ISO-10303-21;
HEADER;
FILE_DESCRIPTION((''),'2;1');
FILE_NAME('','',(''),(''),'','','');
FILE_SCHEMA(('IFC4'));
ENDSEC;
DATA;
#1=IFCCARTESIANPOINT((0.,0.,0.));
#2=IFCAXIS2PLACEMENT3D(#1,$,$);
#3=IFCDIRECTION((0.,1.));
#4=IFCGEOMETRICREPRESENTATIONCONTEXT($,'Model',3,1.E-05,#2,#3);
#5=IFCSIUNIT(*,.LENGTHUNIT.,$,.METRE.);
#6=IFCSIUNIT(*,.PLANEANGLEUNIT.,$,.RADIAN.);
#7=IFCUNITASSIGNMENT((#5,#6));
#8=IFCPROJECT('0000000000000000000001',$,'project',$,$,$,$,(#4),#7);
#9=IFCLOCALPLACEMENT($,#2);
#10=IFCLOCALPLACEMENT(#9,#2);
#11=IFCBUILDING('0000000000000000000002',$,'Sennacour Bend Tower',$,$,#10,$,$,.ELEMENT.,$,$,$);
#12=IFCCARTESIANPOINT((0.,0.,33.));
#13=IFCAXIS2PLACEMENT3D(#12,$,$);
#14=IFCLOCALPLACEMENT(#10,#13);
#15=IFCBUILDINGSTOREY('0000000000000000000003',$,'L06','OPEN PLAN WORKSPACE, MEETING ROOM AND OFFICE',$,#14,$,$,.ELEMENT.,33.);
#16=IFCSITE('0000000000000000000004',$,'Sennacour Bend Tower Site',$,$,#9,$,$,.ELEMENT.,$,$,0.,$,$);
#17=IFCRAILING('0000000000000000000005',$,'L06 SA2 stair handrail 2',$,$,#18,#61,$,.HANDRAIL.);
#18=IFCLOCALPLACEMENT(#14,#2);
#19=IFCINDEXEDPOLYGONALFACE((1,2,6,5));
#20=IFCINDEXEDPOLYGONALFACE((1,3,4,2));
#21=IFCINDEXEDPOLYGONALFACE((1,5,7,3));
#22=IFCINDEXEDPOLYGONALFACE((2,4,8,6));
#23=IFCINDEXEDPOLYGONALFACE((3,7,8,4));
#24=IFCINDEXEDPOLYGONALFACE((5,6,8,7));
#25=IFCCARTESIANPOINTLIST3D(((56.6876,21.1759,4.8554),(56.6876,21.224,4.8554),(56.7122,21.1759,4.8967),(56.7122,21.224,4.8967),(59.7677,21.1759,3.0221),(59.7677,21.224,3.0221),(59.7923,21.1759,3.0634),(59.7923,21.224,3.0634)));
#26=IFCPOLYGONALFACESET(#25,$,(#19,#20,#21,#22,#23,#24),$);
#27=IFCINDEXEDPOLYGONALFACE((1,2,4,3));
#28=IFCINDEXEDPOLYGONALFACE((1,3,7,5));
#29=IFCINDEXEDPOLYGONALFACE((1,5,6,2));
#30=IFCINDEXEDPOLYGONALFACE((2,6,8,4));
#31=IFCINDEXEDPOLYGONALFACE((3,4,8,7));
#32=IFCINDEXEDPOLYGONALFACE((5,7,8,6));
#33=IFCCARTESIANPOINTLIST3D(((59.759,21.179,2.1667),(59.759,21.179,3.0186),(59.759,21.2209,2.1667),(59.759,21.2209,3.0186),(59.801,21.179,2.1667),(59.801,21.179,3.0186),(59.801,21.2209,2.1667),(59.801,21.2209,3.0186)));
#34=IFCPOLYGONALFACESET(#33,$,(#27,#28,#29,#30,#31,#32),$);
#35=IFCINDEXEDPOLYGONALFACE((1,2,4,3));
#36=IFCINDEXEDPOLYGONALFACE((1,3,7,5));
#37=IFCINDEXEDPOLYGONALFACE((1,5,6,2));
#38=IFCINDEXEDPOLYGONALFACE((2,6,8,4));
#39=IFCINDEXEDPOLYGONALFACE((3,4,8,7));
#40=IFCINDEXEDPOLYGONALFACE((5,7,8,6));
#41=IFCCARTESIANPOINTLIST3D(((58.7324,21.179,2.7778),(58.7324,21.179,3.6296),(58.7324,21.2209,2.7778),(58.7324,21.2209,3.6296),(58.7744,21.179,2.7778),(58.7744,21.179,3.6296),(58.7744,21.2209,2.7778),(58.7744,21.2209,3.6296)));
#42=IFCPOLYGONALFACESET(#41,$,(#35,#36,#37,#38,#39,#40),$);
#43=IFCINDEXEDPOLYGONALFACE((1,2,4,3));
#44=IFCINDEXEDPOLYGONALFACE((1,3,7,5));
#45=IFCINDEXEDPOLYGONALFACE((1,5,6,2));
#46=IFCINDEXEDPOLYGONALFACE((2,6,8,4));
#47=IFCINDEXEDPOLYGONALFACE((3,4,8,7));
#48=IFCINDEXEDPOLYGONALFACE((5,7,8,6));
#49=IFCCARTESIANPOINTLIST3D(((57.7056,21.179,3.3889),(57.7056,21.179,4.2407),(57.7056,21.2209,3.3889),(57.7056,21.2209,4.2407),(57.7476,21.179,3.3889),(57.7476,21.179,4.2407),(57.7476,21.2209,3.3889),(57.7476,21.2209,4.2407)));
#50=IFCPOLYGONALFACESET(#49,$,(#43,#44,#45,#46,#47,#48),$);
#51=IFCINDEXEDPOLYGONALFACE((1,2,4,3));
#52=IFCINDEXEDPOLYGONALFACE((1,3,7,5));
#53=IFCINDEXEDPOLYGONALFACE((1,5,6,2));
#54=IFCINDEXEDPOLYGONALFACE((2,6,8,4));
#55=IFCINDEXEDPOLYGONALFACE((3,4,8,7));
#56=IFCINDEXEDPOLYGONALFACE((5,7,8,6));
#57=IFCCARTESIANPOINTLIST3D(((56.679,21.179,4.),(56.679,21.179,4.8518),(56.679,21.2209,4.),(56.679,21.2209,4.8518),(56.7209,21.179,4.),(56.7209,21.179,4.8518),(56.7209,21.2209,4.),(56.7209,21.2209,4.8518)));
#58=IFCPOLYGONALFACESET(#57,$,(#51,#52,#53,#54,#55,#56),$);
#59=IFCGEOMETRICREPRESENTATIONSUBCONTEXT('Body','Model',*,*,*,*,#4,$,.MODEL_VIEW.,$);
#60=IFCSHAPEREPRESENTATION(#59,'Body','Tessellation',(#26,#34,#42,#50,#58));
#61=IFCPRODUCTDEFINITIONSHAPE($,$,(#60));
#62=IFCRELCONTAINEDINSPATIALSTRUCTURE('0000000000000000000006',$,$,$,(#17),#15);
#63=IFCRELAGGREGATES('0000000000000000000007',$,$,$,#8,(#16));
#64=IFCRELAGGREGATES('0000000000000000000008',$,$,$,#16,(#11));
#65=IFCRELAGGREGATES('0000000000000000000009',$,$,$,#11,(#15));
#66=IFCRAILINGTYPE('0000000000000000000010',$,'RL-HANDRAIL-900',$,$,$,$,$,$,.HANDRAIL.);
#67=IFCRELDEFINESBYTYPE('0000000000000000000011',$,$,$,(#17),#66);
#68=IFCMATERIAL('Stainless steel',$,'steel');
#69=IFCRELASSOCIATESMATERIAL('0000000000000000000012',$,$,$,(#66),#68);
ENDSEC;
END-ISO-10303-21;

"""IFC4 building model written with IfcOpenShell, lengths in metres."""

from ifc_helpers import new_model, si_unit, direction, frame, origin, origin_2d, place, context, subcontext, project, spatial, rectangle, extrude, material, type_object, element, save


model = new_model("IFC4")

# Units and contexts
model_context = context("Model", 3, precision=1e-05, world=origin(), true_north=direction((0.0, 1.0)))
body_context = subcontext(model_context, "Body", "Model", "MODEL_VIEW")
ifc_project = project(units=[si_unit("LENGTHUNIT", "METRE"), si_unit("PLANEANGLEUNIT", "RADIAN")], contexts=[model_context])

# Site, building, storey
site_placement = place(None, origin())
site = spatial("IfcSite", under=ifc_project, at=site_placement, Name="Sennacour Bend Tower Site", CompositionType="ELEMENT", RefElevation=0.0)
building_placement = place(site_placement, origin())
building = spatial("IfcBuilding", under=site, at=building_placement, Name="Sennacour Bend Tower", CompositionType="ELEMENT")
storey_placement = place(building_placement, frame((0.0, 0.0, 33.0)))
storey = spatial("IfcBuildingStorey", under=building, at=storey_placement, Name="L06", Description="OPEN PLAN WORKSPACE, MEETING ROOM AND OFFICE", CompositionType="ELEMENT", Elevation=33.0)

# Shared definitions
ifc_material_1 = material(Name="Stainless steel", Category="steel")

# Railing
railing_type_1 = type_object("IfcRailingType", Name="RL-HANDRAIL-900", PredefinedType="HANDRAIL", material=ifc_material_1)
railing_1_placement = place(storey_placement, frame((59.78, 21.2, 2.1667)))
element("IfcRailing", 1, at=railing_1_placement, inside=storey, type_object=railing_type_1, Name="L06 SA2 stair handrail 2", PredefinedType="HANDRAIL", context=body_context, shape_type="SweptSolid", body=[
    extrude(rectangle(XDim=0.0481, YDim=0.0481, at=origin_2d()), frame((0.0, 0.0, 0.876), z_axis=(-0.859309, 0.0, 0.511458), x_axis=(0.0, -1.0, 0.0)), (0.0, 0.0, 1.0), 3.5845),
    extrude(rectangle(XDim=0.042, YDim=0.042, at=origin_2d()), origin(), (0.0, 0.0, 1.0), 0.8518),
    extrude(rectangle(XDim=0.042, YDim=0.042, at=origin_2d()), frame((-1.0266, 0.0, 0.6111)), (0.0, 0.0, 1.0), 0.8518),
    extrude(rectangle(XDim=0.042, YDim=0.042, at=origin_2d()), frame((-2.0535, 0.0, 1.2222)), (0.0, 0.0, 1.0), 0.8518),
    extrude(rectangle(XDim=0.042, YDim=0.042, at=origin_2d()), frame((-3.0801, 0.0, 1.8333)), (0.0, 0.0, 1.0), 0.8518),
])

save(model, "model.ifc")
